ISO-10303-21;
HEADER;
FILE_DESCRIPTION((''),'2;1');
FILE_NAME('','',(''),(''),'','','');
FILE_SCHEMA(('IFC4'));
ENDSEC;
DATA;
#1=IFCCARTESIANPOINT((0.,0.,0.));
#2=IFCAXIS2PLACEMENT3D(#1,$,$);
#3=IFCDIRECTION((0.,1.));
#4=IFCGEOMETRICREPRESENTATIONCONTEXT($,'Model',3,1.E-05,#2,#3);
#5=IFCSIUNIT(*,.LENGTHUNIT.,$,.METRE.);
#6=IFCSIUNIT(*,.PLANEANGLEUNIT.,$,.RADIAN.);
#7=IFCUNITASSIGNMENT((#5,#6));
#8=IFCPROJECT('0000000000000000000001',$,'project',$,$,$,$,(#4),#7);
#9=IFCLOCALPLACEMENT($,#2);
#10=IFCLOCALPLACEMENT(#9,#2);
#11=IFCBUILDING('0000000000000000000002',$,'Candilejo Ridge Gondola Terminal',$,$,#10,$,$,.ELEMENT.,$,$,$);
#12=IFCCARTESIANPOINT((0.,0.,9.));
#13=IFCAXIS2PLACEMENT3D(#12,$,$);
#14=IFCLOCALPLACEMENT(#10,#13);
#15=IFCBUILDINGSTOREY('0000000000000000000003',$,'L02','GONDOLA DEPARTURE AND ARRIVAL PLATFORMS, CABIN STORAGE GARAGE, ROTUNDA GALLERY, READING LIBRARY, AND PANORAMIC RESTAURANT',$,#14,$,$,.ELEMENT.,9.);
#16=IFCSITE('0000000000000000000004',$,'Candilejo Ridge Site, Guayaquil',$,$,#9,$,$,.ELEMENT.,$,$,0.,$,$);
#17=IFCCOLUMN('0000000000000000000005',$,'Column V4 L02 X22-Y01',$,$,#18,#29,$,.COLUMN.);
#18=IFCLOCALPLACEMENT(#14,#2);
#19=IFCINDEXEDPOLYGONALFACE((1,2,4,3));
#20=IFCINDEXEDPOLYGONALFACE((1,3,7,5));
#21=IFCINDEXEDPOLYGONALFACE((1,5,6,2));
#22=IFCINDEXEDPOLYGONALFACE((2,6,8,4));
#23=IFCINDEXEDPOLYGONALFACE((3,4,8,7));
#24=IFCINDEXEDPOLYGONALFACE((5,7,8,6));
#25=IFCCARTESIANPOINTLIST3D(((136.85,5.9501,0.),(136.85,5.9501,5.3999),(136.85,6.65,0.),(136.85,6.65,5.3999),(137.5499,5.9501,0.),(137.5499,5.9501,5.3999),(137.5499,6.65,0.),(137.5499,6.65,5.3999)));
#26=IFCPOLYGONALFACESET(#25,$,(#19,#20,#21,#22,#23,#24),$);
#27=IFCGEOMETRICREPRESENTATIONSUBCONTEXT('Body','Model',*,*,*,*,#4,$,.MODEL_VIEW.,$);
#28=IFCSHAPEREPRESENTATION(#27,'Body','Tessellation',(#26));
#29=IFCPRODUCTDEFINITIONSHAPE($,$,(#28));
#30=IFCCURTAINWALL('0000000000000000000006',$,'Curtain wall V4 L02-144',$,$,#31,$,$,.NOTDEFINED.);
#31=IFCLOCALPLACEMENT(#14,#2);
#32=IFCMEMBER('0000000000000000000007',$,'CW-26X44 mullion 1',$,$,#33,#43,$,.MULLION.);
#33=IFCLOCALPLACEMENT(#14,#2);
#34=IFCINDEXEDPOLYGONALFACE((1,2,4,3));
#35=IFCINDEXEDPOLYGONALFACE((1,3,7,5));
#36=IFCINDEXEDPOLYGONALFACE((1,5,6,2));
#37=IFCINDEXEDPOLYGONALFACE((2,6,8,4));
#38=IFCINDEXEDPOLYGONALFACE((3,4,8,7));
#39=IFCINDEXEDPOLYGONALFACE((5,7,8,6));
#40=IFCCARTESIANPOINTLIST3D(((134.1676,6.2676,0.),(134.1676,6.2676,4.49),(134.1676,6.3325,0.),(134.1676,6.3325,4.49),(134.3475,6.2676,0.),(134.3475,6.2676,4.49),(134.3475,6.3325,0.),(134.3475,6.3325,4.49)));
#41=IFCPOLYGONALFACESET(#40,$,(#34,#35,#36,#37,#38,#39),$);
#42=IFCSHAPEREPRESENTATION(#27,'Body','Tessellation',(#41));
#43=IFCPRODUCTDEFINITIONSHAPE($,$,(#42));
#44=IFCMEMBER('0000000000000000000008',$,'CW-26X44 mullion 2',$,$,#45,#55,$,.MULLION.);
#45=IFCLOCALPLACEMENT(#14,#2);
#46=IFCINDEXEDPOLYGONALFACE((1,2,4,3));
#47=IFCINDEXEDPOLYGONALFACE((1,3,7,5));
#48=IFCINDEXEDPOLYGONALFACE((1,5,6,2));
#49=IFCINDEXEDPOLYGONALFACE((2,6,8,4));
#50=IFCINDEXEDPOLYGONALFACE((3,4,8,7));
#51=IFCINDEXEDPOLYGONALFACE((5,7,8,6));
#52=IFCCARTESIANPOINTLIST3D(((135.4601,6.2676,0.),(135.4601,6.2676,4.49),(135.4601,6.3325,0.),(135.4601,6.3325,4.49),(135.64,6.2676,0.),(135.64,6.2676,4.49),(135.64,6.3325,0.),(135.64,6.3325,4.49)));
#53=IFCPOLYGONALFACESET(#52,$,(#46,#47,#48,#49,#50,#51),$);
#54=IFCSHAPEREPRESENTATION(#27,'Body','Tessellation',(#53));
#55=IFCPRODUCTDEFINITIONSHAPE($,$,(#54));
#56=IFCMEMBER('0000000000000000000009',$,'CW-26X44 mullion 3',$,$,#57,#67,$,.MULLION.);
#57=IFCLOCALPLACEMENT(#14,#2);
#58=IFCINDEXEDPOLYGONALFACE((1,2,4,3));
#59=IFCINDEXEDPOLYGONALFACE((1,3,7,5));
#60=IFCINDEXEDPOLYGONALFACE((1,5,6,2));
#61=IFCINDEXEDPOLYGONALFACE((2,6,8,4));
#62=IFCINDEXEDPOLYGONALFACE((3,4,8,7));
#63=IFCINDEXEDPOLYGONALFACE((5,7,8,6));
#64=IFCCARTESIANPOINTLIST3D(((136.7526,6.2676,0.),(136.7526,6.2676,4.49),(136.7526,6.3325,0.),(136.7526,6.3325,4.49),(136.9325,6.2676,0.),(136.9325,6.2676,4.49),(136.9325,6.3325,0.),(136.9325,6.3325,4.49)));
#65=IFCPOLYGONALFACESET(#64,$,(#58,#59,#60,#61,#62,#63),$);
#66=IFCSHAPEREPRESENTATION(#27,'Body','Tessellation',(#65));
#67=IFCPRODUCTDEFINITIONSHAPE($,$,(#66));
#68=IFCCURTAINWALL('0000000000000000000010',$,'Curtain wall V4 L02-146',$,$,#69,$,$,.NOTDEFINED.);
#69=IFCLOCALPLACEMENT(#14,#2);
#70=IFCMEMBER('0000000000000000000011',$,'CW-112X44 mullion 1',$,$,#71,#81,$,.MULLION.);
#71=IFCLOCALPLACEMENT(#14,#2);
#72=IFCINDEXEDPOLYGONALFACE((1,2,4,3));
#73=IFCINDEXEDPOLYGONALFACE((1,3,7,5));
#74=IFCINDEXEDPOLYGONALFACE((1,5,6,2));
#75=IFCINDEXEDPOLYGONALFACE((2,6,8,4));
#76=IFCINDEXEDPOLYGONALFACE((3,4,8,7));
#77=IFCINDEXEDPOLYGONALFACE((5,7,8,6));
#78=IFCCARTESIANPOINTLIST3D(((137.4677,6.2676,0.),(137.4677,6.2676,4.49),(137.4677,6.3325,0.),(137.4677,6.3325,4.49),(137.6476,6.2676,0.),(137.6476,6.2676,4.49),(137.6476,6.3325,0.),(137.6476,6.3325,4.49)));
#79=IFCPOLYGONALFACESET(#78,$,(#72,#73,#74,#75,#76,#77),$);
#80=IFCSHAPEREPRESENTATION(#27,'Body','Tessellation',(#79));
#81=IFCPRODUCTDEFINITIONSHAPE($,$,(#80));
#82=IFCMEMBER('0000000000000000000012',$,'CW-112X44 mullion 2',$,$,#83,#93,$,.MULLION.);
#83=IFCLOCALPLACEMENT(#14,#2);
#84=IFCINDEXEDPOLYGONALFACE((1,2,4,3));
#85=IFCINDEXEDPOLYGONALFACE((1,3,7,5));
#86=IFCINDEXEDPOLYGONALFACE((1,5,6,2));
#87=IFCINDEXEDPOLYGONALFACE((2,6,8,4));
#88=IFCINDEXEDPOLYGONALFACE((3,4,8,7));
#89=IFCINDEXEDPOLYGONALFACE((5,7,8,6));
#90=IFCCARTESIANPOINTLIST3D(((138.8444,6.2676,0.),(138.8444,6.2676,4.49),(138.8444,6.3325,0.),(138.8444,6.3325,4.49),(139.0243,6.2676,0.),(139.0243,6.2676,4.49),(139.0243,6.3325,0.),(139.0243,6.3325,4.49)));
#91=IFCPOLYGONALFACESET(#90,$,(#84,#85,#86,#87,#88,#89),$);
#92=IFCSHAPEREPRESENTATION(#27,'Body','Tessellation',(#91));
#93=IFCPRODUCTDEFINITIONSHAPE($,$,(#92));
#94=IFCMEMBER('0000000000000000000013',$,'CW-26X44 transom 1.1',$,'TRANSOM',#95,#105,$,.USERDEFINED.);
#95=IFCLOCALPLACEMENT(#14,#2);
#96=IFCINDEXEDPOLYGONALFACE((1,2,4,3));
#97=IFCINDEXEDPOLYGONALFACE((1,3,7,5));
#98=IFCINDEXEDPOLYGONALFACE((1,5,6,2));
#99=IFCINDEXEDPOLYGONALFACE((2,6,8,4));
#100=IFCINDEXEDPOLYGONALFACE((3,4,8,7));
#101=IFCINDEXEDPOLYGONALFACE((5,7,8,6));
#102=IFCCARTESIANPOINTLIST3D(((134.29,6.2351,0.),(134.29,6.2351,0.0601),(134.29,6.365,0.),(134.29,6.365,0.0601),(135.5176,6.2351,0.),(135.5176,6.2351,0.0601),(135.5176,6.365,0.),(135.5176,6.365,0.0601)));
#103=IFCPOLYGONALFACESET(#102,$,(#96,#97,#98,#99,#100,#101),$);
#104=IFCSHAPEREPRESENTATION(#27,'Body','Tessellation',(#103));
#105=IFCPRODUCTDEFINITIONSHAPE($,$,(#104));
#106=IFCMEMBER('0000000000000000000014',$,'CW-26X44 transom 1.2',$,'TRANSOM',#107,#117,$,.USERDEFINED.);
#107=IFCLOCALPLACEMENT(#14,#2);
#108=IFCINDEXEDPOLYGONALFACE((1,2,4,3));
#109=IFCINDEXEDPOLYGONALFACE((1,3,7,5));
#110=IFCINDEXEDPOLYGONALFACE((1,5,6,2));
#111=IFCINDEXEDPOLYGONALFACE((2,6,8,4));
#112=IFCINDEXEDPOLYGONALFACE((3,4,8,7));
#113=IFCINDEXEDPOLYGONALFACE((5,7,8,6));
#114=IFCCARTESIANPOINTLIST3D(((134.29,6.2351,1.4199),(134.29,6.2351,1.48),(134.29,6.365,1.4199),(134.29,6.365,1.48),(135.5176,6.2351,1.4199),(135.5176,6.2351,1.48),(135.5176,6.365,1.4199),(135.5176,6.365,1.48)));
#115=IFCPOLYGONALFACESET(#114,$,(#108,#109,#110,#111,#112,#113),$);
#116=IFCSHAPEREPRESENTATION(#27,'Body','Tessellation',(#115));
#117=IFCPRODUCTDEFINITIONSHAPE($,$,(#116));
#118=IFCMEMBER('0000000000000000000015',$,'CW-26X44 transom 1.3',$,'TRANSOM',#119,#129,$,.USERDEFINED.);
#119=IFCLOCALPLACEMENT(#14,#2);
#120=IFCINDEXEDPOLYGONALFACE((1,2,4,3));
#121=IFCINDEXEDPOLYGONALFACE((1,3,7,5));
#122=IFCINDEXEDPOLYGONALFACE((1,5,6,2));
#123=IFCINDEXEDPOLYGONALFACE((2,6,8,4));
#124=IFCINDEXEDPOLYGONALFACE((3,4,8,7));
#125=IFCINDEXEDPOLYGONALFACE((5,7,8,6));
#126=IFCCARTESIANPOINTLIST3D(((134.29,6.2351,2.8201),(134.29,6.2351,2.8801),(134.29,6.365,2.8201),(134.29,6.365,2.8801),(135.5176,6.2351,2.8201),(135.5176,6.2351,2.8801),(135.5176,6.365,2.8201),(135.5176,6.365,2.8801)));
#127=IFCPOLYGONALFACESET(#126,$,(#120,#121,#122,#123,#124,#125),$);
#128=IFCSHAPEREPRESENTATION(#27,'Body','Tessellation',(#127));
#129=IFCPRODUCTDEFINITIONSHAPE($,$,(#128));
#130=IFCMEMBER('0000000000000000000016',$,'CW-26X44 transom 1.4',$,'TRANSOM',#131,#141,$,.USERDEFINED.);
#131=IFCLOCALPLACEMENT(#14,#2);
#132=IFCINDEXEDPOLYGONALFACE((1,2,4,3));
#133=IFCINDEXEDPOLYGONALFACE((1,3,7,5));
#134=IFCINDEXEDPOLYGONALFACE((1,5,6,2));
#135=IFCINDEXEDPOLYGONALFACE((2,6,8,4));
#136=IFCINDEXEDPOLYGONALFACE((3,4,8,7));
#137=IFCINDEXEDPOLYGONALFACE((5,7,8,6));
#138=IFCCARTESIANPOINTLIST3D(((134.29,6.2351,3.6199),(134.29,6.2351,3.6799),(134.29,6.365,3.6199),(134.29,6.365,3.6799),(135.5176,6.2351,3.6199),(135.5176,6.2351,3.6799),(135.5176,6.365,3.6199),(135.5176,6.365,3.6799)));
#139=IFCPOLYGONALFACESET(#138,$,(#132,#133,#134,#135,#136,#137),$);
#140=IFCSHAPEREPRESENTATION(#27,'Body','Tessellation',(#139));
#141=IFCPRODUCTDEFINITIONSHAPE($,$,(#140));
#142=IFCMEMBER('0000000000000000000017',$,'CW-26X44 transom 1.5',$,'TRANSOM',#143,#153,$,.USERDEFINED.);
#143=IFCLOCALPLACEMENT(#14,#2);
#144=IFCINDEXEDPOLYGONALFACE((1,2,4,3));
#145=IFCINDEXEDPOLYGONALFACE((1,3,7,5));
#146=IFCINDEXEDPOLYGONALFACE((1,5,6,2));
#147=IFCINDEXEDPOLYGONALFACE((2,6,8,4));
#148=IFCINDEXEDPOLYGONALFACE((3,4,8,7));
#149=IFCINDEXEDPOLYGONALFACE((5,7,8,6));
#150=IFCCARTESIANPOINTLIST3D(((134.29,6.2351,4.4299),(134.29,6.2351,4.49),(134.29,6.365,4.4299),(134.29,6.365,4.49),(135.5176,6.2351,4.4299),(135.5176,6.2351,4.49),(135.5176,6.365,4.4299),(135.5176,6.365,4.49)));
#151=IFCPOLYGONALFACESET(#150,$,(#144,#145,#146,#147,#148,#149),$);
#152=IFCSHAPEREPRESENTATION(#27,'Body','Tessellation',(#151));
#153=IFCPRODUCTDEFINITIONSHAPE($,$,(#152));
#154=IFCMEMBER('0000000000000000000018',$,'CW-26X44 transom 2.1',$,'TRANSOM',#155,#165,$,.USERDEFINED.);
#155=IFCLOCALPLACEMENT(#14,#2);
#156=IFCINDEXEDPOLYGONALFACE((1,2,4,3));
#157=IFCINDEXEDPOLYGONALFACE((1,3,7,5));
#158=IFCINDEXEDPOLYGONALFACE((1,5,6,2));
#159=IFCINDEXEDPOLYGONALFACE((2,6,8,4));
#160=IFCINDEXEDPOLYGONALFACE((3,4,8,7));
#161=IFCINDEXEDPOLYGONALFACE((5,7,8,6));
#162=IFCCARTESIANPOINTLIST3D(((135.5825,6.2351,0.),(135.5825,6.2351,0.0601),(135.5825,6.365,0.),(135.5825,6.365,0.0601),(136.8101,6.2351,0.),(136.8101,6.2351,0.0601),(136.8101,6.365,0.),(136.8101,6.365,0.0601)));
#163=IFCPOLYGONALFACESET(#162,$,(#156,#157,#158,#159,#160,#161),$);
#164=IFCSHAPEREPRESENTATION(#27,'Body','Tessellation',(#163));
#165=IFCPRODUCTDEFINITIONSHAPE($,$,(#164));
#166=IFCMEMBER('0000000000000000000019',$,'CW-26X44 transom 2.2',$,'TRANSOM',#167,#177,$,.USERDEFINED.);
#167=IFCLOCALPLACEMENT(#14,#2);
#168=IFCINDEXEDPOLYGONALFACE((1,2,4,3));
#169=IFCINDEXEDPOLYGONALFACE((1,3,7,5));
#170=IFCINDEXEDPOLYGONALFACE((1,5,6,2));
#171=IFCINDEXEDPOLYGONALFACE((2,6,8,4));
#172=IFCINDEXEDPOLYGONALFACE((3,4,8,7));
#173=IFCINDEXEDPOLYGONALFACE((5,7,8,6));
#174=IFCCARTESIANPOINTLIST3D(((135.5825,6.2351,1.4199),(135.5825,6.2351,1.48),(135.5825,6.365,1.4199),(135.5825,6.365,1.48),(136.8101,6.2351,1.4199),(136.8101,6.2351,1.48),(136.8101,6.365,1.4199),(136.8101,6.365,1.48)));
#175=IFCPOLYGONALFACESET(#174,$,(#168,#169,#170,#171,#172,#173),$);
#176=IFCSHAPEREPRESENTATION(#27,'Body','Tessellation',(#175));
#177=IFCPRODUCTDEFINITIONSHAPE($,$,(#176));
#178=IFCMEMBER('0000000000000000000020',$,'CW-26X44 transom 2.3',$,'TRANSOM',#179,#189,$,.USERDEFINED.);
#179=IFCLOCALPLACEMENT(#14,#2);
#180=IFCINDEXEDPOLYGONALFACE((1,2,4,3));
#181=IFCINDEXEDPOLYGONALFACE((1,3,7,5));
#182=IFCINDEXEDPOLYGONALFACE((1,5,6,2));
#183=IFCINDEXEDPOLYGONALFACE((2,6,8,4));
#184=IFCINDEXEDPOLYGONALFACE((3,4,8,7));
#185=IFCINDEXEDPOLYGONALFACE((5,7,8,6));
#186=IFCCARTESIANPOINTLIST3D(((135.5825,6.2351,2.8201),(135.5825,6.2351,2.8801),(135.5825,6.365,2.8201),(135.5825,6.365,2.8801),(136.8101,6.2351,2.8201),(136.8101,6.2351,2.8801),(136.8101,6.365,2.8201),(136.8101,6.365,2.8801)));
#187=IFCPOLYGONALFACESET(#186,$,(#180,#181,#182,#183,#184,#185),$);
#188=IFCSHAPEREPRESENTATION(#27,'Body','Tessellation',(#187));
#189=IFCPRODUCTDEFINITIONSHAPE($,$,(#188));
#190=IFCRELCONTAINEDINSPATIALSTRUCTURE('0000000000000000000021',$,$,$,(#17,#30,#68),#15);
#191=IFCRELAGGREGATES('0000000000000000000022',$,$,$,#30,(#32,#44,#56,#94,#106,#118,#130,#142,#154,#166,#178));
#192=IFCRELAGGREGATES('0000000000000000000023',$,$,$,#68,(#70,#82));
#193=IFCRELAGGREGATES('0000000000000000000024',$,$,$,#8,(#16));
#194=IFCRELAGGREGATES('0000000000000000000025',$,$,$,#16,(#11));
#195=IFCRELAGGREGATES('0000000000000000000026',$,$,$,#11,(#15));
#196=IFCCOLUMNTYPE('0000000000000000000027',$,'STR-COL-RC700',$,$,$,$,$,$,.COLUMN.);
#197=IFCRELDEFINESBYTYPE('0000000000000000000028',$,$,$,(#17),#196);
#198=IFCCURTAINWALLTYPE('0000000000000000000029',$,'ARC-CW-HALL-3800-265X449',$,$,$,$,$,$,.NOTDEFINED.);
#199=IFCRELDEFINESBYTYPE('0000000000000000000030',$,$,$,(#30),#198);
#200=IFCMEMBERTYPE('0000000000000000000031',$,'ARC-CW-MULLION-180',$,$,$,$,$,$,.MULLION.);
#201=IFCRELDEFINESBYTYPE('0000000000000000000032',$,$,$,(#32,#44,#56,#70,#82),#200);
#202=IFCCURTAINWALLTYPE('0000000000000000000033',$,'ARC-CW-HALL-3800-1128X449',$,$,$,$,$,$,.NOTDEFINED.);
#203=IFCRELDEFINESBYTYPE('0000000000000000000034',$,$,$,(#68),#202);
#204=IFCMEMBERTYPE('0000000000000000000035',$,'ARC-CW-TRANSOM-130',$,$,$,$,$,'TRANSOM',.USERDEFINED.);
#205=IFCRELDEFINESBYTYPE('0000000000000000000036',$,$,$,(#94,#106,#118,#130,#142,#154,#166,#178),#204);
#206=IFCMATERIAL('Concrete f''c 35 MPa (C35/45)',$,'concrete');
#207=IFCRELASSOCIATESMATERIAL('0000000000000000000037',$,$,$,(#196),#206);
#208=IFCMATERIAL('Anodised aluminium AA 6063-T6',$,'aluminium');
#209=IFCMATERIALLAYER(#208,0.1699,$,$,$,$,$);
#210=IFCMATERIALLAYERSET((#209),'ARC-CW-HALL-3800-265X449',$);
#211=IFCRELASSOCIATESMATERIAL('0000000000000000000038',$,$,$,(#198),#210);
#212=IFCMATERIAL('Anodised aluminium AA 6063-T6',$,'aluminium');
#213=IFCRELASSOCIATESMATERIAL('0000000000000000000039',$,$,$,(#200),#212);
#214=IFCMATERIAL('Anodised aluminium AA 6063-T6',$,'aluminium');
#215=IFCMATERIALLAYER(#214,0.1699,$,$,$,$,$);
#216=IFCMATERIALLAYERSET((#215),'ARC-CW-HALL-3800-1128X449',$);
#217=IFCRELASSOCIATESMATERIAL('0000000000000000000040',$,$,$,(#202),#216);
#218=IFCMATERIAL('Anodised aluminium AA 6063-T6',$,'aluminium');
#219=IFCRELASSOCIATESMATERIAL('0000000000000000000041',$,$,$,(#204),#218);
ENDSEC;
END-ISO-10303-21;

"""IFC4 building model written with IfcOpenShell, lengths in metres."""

from ifc_helpers import new_model, si_unit, direction, frame, origin, origin_2d, place, context, subcontext, project, spatial, rectangle, extrude, material, layer, layer_set, material_profile, profile_set, type_object, element, aggregate, save


model = new_model("IFC4")

# Units and contexts
model_context = context("Model", 3, precision=1e-05, world=origin(), true_north=direction((0.0, 1.0)))
body_context = subcontext(model_context, "Body", "Model", "MODEL_VIEW")
ifc_project = project(units=[si_unit("LENGTHUNIT", "METRE"), si_unit("PLANEANGLEUNIT", "RADIAN")], contexts=[model_context])

# Site, building, storey
site_placement = place(None, origin())
site = spatial("IfcSite", under=ifc_project, at=site_placement, Name="Candilejo Ridge Site, Guayaquil", CompositionType="ELEMENT", RefElevation=0.0)
building_placement = place(site_placement, origin())
building = spatial("IfcBuilding", under=site, at=building_placement, Name="Candilejo Ridge Gondola Terminal", CompositionType="ELEMENT")
storey_placement = place(building_placement, frame((0.0, 0.0, 9.0)))
storey = spatial("IfcBuildingStorey", under=building, at=storey_placement, Name="L02", Description="GONDOLA DEPARTURE AND ARRIVAL PLATFORMS, CABIN STORAGE GARAGE, ROTUNDA GALLERY, READING LIBRARY, AND PANORAMIC RESTAURANT", CompositionType="ELEMENT", Elevation=9.0)

# Column
ifc_material_1 = material(Name="Concrete f'c 35 MPa (C35/45)", Category="concrete")
ifc_material_profile_1 = material_profile(ifc_material_1, rectangle(XDim=0.7, YDim=0.7, at=origin_2d()))
ifc_profile_set_1 = profile_set([ifc_material_profile_1], Name="Concrete f'c 35 MPa (C35/45)")
column_type = type_object("IfcColumnType", Name="STR-COL-RC700", PredefinedType="COLUMN", material=ifc_profile_set_1)
column_placement = place(storey_placement, frame((137.2, 6.3, 0.0), z_axis=(0.0, 0.0, 1.0), x_axis=(1.0, 0.0, 0.0)))
element("IfcColumn", 1, at=column_placement, inside=storey, type_object=column_type, Name="Column V4 L02 X22-Y01", PredefinedType="COLUMN", context=body_context, shape_type="SweptSolid", body=[
    extrude(rectangle(XDim=0.7, YDim=0.7, at=origin_2d()), origin(), (0.0, 0.0, 1.0), 5.3999),
])

# Curtain walls, members
ifc_material_2 = material(Name="Anodised aluminium AA 6063-T6", Category="aluminium")
ifc_layer_1 = layer(ifc_material_2, 0.1699)
ifc_layer_set_1 = layer_set([ifc_layer_1], Name="ARC-CW-HALL-3800-265X449")
curtain_wall_type_1 = type_object("IfcCurtainWallType", Name="ARC-CW-HALL-3800-265X449", PredefinedType="NOTDEFINED", material=ifc_layer_set_1)
curtain_wall_1_placement = place(storey_placement, origin())
curtain_wall_1 = element("IfcCurtainWall", 2, at=curtain_wall_1_placement, inside=storey, type_object=curtain_wall_type_1, Name="Curtain wall V4 L02-144", PredefinedType="NOTDEFINED")
ifc_material_3 = material(Name="Anodised aluminium AA 6063-T6", Category="aluminium")
ifc_material_profile_2 = material_profile(ifc_material_3, rectangle(XDim=0.0649, YDim=0.1799, at=origin_2d()))
ifc_profile_set_2 = profile_set([ifc_material_profile_2], Name="Anodised aluminium AA 6063-T6")
member_type_1 = type_object("IfcMemberType", Name="ARC-CW-MULLION-180", PredefinedType="MULLION", material=ifc_profile_set_2)
member_1_placement = place(storey_placement, frame((134.2576, 6.3, 0.0), z_axis=(0.0, 0.0, 1.0), x_axis=(0.0, 1.0, 0.0)))
member_1 = element("IfcMember", 3, at=member_1_placement, type_object=member_type_1, Name="CW-26X44 mullion 1", PredefinedType="MULLION", context=body_context, shape_type="SweptSolid", body=[
    extrude(rectangle(XDim=0.0649, YDim=0.1799, at=origin_2d()), origin(), (0.0, 0.0, 1.0), 4.49),
])
member_2_placement = place(storey_placement, frame((135.55, 6.3, 0.0), z_axis=(0.0, 0.0, 1.0), x_axis=(0.0, 1.0, 0.0)))
member_2 = element("IfcMember", 4, at=member_2_placement, type_object=member_type_1, Name="CW-26X44 mullion 2", PredefinedType="MULLION", context=body_context, shape_type="SweptSolid", body=[
    extrude(rectangle(XDim=0.0649, YDim=0.1799, at=origin_2d()), origin(), (0.0, 0.0, 1.0), 4.49),
])
member_3_placement = place(storey_placement, frame((136.8425, 6.3, 0.0), z_axis=(0.0, 0.0, 1.0), x_axis=(0.0, 1.0, 0.0)))
member_3 = element("IfcMember", 5, at=member_3_placement, type_object=member_type_1, Name="CW-26X44 mullion 3", PredefinedType="MULLION", context=body_context, shape_type="SweptSolid", body=[
    extrude(rectangle(XDim=0.0649, YDim=0.1799, at=origin_2d()), origin(), (0.0, 0.0, 1.0), 4.49),
])
ifc_material_4 = material(Name="Anodised aluminium AA 6063-T6", Category="aluminium")
ifc_layer_2 = layer(ifc_material_4, 0.1699)
ifc_layer_set_2 = layer_set([ifc_layer_2], Name="ARC-CW-HALL-3800-1128X449")
curtain_wall_type_2 = type_object("IfcCurtainWallType", Name="ARC-CW-HALL-3800-1128X449", PredefinedType="NOTDEFINED", material=ifc_layer_set_2)
curtain_wall_2_placement = place(storey_placement, origin())
curtain_wall_2 = element("IfcCurtainWall", 6, at=curtain_wall_2_placement, inside=storey, type_object=curtain_wall_type_2, Name="Curtain wall V4 L02-146", PredefinedType="NOTDEFINED")
member_4_placement = place(storey_placement, frame((137.5576, 6.3, 0.0), z_axis=(0.0, 0.0, 1.0), x_axis=(0.0, 1.0, 0.0)))
member_4 = element("IfcMember", 7, at=member_4_placement, type_object=member_type_1, Name="CW-112X44 mullion 1", PredefinedType="MULLION", context=body_context, shape_type="SweptSolid", body=[
    extrude(rectangle(XDim=0.0649, YDim=0.1799, at=origin_2d()), origin(), (0.0, 0.0, 1.0), 4.49),
])
member_5_placement = place(storey_placement, frame((138.9343, 6.3, 0.0), z_axis=(0.0, 0.0, 1.0), x_axis=(0.0, 1.0, 0.0)))
member_5 = element("IfcMember", 8, at=member_5_placement, type_object=member_type_1, Name="CW-112X44 mullion 2", PredefinedType="MULLION", context=body_context, shape_type="SweptSolid", body=[
    extrude(rectangle(XDim=0.0649, YDim=0.1799, at=origin_2d()), origin(), (0.0, 0.0, 1.0), 4.49),
])

# Members
ifc_material_5 = material(Name="Anodised aluminium AA 6063-T6", Category="aluminium")
ifc_material_profile_3 = material_profile(ifc_material_5, rectangle(XDim=0.1299, YDim=0.0601, at=origin_2d()))
ifc_profile_set_3 = profile_set([ifc_material_profile_3], Name="Anodised aluminium AA 6063-T6")
member_type_2 = type_object("IfcMemberType", Name="ARC-CW-TRANSOM-130", ElementType="TRANSOM", PredefinedType="USERDEFINED", material=ifc_profile_set_3)
member_6_placement = place(storey_placement, frame((134.29, 6.3, 0.03), z_axis=(1.0, 0.0, 0.0), x_axis=(0.0, 1.0, 0.0)))
member_6 = element("IfcMember", 9, at=member_6_placement, type_object=member_type_2, Name="CW-26X44 transom 1.1", ObjectType="TRANSOM", PredefinedType="USERDEFINED", context=body_context, shape_type="SweptSolid", body=[
    extrude(rectangle(XDim=0.1299, YDim=0.0601, at=origin_2d()), origin(), (0.0, 0.0, 1.0), 1.2275),
])
member_7_placement = place(storey_placement, frame((134.29, 6.3, 1.45), z_axis=(1.0, 0.0, 0.0), x_axis=(0.0, 1.0, 0.0)))
member_7 = element("IfcMember", 10, at=member_7_placement, type_object=member_type_2, Name="CW-26X44 transom 1.2", ObjectType="TRANSOM", PredefinedType="USERDEFINED", context=body_context, shape_type="SweptSolid", body=[
    extrude(rectangle(XDim=0.1299, YDim=0.0601, at=origin_2d()), origin(), (0.0, 0.0, 1.0), 1.2275),
])
member_8_placement = place(storey_placement, frame((134.29, 6.3, 2.8501), z_axis=(1.0, 0.0, 0.0), x_axis=(0.0, 1.0, 0.0)))
member_8 = element("IfcMember", 11, at=member_8_placement, type_object=member_type_2, Name="CW-26X44 transom 1.3", ObjectType="TRANSOM", PredefinedType="USERDEFINED", context=body_context, shape_type="SweptSolid", body=[
    extrude(rectangle(XDim=0.1299, YDim=0.0601, at=origin_2d()), origin(), (0.0, 0.0, 1.0), 1.2275),
])
member_9_placement = place(storey_placement, frame((134.29, 6.3, 3.6499), z_axis=(1.0, 0.0, 0.0), x_axis=(0.0, 1.0, 0.0)))
member_9 = element("IfcMember", 12, at=member_9_placement, type_object=member_type_2, Name="CW-26X44 transom 1.4", ObjectType="TRANSOM", PredefinedType="USERDEFINED", context=body_context, shape_type="SweptSolid", body=[
    extrude(rectangle(XDim=0.1299, YDim=0.0601, at=origin_2d()), origin(), (0.0, 0.0, 1.0), 1.2275),
])
member_10_placement = place(storey_placement, frame((134.29, 6.3, 4.46), z_axis=(1.0, 0.0, 0.0), x_axis=(0.0, 1.0, 0.0)))
member_10 = element("IfcMember", 13, at=member_10_placement, type_object=member_type_2, Name="CW-26X44 transom 1.5", ObjectType="TRANSOM", PredefinedType="USERDEFINED", context=body_context, shape_type="SweptSolid", body=[
    extrude(rectangle(XDim=0.1299, YDim=0.0601, at=origin_2d()), origin(), (0.0, 0.0, 1.0), 1.2275),
])
member_11_placement = place(storey_placement, frame((135.5825, 6.3, 0.03), z_axis=(1.0, 0.0, 0.0), x_axis=(0.0, 1.0, 0.0)))
member_11 = element("IfcMember", 14, at=member_11_placement, type_object=member_type_2, Name="CW-26X44 transom 2.1", ObjectType="TRANSOM", PredefinedType="USERDEFINED", context=body_context, shape_type="SweptSolid", body=[
    extrude(rectangle(XDim=0.1299, YDim=0.0601, at=origin_2d()), origin(), (0.0, 0.0, 1.0), 1.2275),
])
member_12_placement = place(storey_placement, frame((135.5825, 6.3, 1.45), z_axis=(1.0, 0.0, 0.0), x_axis=(0.0, 1.0, 0.0)))
member_12 = element("IfcMember", 15, at=member_12_placement, type_object=member_type_2, Name="CW-26X44 transom 2.2", ObjectType="TRANSOM", PredefinedType="USERDEFINED", context=body_context, shape_type="SweptSolid", body=[
    extrude(rectangle(XDim=0.1299, YDim=0.0601, at=origin_2d()), origin(), (0.0, 0.0, 1.0), 1.2275),
])
member_13_placement = place(storey_placement, frame((135.5825, 6.3, 2.8501), z_axis=(1.0, 0.0, 0.0), x_axis=(0.0, 1.0, 0.0)))
member_13 = element("IfcMember", 16, at=member_13_placement, type_object=member_type_2, Name="CW-26X44 transom 2.3", ObjectType="TRANSOM", PredefinedType="USERDEFINED", context=body_context, shape_type="SweptSolid", body=[
    extrude(rectangle(XDim=0.1299, YDim=0.0601, at=origin_2d()), origin(), (0.0, 0.0, 1.0), 1.2275),
])

aggregate(curtain_wall_1, [member_1, member_2, member_3, member_6, member_7, member_8, member_9, member_10, member_11, member_12, member_13])
aggregate(curtain_wall_2, [member_4, member_5])

save(model, "model.ifc")
